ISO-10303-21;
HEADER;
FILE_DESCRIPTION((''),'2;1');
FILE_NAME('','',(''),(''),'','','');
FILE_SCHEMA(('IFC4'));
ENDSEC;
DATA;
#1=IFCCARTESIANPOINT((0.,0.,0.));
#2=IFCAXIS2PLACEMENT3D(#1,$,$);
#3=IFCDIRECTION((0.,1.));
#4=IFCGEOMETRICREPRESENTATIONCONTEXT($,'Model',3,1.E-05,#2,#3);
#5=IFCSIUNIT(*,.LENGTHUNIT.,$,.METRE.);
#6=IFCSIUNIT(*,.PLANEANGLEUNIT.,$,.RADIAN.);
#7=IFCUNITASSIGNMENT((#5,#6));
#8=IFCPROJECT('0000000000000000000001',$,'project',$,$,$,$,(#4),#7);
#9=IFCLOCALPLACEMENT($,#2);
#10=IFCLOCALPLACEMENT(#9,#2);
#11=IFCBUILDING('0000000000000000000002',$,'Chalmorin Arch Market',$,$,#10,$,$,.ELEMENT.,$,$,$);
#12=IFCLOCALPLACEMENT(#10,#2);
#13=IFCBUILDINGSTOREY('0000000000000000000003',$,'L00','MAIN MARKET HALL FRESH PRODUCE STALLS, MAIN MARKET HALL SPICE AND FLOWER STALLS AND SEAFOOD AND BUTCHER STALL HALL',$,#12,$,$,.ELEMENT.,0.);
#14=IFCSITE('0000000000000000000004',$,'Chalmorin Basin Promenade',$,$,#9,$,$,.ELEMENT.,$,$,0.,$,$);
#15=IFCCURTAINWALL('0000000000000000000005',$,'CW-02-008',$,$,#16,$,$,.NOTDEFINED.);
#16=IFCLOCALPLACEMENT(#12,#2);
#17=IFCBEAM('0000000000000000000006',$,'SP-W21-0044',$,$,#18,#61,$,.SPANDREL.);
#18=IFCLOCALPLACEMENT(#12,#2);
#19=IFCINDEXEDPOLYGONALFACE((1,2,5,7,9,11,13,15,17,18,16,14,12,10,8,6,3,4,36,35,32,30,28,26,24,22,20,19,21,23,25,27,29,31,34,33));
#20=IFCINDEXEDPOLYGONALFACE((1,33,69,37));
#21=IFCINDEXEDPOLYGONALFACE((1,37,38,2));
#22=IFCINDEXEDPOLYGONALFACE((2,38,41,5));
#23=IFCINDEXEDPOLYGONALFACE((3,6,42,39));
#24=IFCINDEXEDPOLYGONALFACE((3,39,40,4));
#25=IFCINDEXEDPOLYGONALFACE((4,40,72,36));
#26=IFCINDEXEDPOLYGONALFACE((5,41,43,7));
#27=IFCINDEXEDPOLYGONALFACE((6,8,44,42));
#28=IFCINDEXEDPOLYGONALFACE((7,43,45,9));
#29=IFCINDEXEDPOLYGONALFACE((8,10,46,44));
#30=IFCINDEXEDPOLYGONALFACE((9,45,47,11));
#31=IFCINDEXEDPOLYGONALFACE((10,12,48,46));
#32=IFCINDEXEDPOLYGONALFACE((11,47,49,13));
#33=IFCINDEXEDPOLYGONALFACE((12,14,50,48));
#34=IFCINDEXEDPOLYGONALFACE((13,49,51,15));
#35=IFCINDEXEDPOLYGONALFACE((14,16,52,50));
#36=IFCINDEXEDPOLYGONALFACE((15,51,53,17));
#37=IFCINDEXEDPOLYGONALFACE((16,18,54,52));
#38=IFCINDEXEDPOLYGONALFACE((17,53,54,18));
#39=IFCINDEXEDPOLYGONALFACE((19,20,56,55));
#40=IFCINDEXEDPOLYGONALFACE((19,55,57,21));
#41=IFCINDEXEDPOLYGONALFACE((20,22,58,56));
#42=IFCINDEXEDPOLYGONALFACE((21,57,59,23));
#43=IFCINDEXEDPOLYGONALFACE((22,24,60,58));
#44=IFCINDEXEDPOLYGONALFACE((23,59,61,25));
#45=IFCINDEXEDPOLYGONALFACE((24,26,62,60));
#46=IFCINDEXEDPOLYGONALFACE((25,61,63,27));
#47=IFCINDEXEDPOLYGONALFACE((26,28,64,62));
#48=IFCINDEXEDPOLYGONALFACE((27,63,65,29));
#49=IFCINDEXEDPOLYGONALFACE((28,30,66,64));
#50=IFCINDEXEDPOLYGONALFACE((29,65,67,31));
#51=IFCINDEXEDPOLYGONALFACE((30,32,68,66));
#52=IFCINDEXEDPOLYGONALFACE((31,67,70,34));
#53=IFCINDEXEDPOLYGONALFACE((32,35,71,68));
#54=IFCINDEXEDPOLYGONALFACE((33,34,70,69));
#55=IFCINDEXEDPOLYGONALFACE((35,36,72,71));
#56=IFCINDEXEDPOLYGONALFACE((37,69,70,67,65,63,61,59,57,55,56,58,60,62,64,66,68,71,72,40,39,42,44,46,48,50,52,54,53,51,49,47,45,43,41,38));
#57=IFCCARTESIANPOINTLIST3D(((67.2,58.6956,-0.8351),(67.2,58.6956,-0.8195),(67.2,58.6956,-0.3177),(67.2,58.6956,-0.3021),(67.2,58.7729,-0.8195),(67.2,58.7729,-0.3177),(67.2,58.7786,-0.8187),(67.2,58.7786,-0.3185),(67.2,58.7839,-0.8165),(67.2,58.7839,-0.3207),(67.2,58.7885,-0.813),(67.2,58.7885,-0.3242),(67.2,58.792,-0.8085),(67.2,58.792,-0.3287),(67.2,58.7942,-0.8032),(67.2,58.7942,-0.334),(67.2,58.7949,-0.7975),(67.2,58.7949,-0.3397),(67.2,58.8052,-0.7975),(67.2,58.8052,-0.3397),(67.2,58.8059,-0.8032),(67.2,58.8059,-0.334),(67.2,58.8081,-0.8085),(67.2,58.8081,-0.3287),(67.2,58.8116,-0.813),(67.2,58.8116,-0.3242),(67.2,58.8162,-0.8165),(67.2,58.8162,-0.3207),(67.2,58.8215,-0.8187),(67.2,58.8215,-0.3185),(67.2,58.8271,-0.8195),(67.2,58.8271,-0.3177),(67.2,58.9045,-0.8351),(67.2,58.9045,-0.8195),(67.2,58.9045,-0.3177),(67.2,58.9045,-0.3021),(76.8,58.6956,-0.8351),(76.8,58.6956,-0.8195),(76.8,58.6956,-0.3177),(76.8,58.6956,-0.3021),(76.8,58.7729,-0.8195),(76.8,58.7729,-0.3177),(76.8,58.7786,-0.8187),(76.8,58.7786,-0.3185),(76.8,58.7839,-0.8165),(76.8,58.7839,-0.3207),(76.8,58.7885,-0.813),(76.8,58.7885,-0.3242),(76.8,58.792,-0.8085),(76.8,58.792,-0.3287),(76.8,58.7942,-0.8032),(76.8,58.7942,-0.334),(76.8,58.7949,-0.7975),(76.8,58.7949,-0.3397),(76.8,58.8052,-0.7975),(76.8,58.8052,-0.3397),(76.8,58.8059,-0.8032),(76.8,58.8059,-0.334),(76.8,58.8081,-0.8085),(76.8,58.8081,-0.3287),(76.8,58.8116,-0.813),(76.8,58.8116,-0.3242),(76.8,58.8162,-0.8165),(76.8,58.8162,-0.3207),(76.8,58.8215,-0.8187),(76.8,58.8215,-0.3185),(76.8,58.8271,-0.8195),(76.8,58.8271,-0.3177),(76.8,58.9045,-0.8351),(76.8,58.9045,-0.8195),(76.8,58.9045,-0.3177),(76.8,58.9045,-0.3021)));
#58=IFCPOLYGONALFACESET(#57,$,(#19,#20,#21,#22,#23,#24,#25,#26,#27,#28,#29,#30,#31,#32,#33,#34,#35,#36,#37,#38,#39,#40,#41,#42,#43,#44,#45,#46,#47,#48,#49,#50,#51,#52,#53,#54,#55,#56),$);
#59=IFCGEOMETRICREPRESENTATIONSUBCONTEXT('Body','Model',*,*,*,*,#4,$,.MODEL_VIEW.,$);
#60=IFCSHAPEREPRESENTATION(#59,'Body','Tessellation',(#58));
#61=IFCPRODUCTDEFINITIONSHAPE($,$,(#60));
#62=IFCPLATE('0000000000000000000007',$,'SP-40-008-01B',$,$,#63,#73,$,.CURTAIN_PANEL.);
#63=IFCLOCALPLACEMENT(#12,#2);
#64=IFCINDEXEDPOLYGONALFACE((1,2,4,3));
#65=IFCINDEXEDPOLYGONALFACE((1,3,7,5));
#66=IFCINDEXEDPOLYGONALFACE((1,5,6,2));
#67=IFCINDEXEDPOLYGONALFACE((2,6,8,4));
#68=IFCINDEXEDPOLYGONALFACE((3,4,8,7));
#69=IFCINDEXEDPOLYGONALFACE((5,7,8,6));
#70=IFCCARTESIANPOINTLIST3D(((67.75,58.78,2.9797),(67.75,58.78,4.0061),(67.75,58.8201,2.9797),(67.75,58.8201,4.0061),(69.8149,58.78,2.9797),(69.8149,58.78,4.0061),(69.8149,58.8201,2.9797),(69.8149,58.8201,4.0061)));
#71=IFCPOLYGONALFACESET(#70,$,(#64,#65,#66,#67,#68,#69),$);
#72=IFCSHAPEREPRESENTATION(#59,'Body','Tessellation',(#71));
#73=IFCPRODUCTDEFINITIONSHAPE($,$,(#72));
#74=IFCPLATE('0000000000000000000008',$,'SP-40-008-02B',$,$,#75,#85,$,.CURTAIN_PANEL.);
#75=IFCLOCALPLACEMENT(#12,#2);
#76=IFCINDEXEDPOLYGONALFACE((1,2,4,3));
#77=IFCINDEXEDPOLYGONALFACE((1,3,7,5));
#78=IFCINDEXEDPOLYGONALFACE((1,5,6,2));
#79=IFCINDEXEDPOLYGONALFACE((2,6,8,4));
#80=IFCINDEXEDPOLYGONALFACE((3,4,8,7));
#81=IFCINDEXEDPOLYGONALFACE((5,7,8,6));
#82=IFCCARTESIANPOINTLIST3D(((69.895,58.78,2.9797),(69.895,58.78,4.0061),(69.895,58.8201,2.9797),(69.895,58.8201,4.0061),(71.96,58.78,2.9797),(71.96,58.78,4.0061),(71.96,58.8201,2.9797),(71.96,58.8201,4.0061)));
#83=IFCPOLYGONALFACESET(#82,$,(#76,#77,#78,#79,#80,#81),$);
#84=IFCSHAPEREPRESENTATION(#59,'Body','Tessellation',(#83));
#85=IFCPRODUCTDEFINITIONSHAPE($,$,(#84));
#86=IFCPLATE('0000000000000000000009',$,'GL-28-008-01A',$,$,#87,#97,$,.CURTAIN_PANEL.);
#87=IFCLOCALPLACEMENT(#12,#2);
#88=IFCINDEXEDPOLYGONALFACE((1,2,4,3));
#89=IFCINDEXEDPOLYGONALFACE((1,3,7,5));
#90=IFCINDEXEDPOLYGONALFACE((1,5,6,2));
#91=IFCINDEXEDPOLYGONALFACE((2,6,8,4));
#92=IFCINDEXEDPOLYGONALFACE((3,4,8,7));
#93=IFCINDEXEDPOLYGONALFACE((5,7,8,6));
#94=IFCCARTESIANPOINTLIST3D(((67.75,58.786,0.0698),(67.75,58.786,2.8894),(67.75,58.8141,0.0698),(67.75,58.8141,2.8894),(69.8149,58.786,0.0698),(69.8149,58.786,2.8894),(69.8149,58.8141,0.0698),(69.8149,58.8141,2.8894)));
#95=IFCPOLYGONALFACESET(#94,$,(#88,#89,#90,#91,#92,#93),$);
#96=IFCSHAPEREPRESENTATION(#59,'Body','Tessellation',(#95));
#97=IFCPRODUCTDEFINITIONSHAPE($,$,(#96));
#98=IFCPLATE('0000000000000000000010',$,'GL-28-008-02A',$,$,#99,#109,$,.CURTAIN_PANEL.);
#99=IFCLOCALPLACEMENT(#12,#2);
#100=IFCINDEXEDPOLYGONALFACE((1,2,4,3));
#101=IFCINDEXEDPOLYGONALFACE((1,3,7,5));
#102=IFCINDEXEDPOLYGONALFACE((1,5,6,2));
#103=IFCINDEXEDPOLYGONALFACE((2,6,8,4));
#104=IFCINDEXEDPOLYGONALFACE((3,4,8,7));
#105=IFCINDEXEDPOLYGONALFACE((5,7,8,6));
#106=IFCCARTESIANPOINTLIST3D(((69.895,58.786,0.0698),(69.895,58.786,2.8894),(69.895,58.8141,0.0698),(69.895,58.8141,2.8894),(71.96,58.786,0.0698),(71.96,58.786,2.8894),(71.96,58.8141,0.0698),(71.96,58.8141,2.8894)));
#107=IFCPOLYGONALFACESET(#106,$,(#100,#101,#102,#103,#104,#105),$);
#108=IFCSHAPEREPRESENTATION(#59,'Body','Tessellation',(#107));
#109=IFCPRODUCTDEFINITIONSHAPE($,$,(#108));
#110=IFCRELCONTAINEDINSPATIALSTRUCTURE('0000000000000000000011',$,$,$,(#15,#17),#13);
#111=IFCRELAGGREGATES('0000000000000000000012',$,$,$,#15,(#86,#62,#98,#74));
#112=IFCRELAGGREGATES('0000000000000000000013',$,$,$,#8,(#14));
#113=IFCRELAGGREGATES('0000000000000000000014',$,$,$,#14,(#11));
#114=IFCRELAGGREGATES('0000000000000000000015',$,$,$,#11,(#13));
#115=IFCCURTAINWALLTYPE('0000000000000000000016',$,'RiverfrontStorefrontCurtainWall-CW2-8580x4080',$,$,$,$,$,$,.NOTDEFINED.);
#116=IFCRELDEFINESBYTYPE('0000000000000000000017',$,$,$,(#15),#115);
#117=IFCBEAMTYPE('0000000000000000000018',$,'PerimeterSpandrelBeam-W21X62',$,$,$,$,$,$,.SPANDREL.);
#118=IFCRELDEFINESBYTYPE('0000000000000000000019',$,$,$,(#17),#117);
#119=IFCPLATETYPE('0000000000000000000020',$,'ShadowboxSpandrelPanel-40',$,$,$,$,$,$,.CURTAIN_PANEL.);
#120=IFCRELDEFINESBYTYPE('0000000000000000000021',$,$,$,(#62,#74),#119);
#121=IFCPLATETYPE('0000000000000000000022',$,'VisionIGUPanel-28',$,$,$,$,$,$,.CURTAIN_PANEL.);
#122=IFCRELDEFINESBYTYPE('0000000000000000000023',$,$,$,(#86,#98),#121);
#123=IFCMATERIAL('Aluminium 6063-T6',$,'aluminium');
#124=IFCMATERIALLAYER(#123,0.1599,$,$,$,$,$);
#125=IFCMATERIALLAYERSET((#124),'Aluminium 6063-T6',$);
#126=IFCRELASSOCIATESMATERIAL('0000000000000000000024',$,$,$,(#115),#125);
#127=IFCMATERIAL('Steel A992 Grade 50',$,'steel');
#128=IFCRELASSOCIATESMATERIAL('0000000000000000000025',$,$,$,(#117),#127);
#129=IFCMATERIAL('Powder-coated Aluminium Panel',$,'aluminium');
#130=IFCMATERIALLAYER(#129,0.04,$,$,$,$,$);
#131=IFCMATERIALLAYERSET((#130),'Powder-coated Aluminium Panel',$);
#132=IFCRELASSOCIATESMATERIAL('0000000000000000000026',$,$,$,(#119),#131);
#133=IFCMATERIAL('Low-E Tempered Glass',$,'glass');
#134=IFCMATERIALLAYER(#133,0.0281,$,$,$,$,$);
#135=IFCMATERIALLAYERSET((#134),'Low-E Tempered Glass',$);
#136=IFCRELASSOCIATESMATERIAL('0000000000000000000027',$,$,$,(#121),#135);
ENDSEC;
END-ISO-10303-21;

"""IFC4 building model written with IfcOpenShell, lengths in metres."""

from ifc_helpers import new_model, si_unit, direction, frame, origin, origin_2d, place, context, subcontext, project, spatial, rectangle, i_section, extrude, material, layer, layer_set, material_profile, profile_set, type_object, element, aggregate, save


model = new_model("IFC4")

# Units and contexts
model_context = context("Model", 3, precision=1e-05, world=origin(), true_north=direction((0.0, 1.0)))
body_context = subcontext(model_context, "Body", "Model", "MODEL_VIEW")
ifc_project = project(units=[si_unit("LENGTHUNIT", "METRE"), si_unit("PLANEANGLEUNIT", "RADIAN")], contexts=[model_context])

# Site, building, storey
site_placement = place(None, origin())
site = spatial("IfcSite", under=ifc_project, at=site_placement, Name="Chalmorin Basin Promenade", CompositionType="ELEMENT", RefElevation=0.0)
building_placement = place(site_placement, origin())
building = spatial("IfcBuilding", under=site, at=building_placement, Name="Chalmorin Arch Market", CompositionType="ELEMENT")
storey_placement = place(building_placement, origin())
storey = spatial("IfcBuildingStorey", under=building, at=storey_placement, Name="L00", Description="MAIN MARKET HALL FRESH PRODUCE STALLS, MAIN MARKET HALL SPICE AND FLOWER STALLS AND SEAFOOD AND BUTCHER STALL HALL", CompositionType="ELEMENT", Elevation=0.0)

# Curtain wall
ifc_material_1 = material(Name="Aluminium 6063-T6", Category="aluminium")
ifc_layer_1 = layer(ifc_material_1, 0.1599)
ifc_layer_set_1 = layer_set([ifc_layer_1], Name="Aluminium 6063-T6")
curtain_wall_type = type_object("IfcCurtainWallType", Name="RiverfrontStorefrontCurtainWall-CW2-8580x4080", PredefinedType="NOTDEFINED", material=ifc_layer_set_1)
curtain_wall_placement = place(storey_placement, origin())
curtain_wall = element("IfcCurtainWall", 1, at=curtain_wall_placement, inside=storey, type_object=curtain_wall_type, Name="CW-02-008", PredefinedType="NOTDEFINED")

# Beam
ifc_material_2 = material(Name="Steel A992 Grade 50", Category="steel")
ifc_material_profile_1 = material_profile(ifc_material_2, i_section(OverallWidth=0.209, OverallDepth=0.533, WebThickness=0.0103, FlangeThickness=0.0156, FilletRadius=0.022, at=origin_2d()), Name="W21X62")
ifc_profile_set_1 = profile_set([ifc_material_profile_1], Name="Steel A992 Grade 50")
beam_type = type_object("IfcBeamType", Name="PerimeterSpandrelBeam-W21X62", PredefinedType="SPANDREL", material=ifc_profile_set_1)
beam_placement = place(storey_placement, frame((67.2, 58.8, -0.5686), z_axis=(1.0, 0.0, 0.0), x_axis=(0.0, 1.0, 0.0)))
element("IfcBeam", 2, at=beam_placement, inside=storey, type_object=beam_type, Name="SP-W21-0044", PredefinedType="SPANDREL", context=body_context, shape_type="SweptSolid", body=[
    extrude(i_section(OverallWidth=0.209, OverallDepth=0.533, WebThickness=0.0103, FlangeThickness=0.0156, FilletRadius=0.022, at=origin_2d()), origin(), (0.0, 0.0, 1.0), 9.6001),
])

# Plates
ifc_material_3 = material(Name="Powder-coated Aluminium Panel", Category="aluminium")
ifc_layer_2 = layer(ifc_material_3, 0.04)
ifc_layer_set_2 = layer_set([ifc_layer_2], Name="Powder-coated Aluminium Panel")
plate_type_1 = type_object("IfcPlateType", Name="ShadowboxSpandrelPanel-40", PredefinedType="CURTAIN_PANEL", material=ifc_layer_set_2)
plate_1_placement = place(storey_placement, frame((68.7825, 58.8, 2.9797), z_axis=(0.0, 0.0, 1.0), x_axis=(1.0, 0.0, 0.0)))
plate_1 = element("IfcPlate", 3, at=plate_1_placement, type_object=plate_type_1, Name="SP-40-008-01B", PredefinedType="CURTAIN_PANEL", context=body_context, shape_type="SweptSolid", body=[
    extrude(rectangle(XDim=2.0649, YDim=0.04, at=origin_2d()), origin(), (0.0, 0.0, 1.0), 1.0264),
])
plate_2_placement = place(storey_placement, frame((70.9275, 58.8, 2.9797), z_axis=(0.0, 0.0, 1.0), x_axis=(1.0, 0.0, 0.0)))
plate_2 = element("IfcPlate", 4, at=plate_2_placement, type_object=plate_type_1, Name="SP-40-008-02B", PredefinedType="CURTAIN_PANEL", context=body_context, shape_type="SweptSolid", body=[
    extrude(rectangle(XDim=2.0649, YDim=0.04, at=origin_2d()), origin(), (0.0, 0.0, 1.0), 1.0264),
])
ifc_material_4 = material(Name="Low-E Tempered Glass", Category="glass")
ifc_layer_3 = layer(ifc_material_4, 0.0281)
ifc_layer_set_3 = layer_set([ifc_layer_3], Name="Low-E Tempered Glass")
plate_type_2 = type_object("IfcPlateType", Name="VisionIGUPanel-28", PredefinedType="CURTAIN_PANEL", material=ifc_layer_set_3)
plate_3_placement = place(storey_placement, frame((68.7825, 58.8, 0.0698), z_axis=(0.0, 0.0, 1.0), x_axis=(1.0, 0.0, 0.0)))
plate_3 = element("IfcPlate", 5, at=plate_3_placement, type_object=plate_type_2, Name="GL-28-008-01A", PredefinedType="CURTAIN_PANEL", context=body_context, shape_type="SweptSolid", body=[
    extrude(rectangle(XDim=2.0649, YDim=0.0281, at=origin_2d()), origin(), (0.0, 0.0, 1.0), 2.8196),
])
plate_4_placement = place(storey_placement, frame((70.9275, 58.8, 0.0698), z_axis=(0.0, 0.0, 1.0), x_axis=(1.0, 0.0, 0.0)))
plate_4 = element("IfcPlate", 6, at=plate_4_placement, type_object=plate_type_2, Name="GL-28-008-02A", PredefinedType="CURTAIN_PANEL", context=body_context, shape_type="SweptSolid", body=[
    extrude(rectangle(XDim=2.0649, YDim=0.0281, at=origin_2d()), origin(), (0.0, 0.0, 1.0), 2.8196),
])
aggregate(curtain_wall, [plate_3, plate_1, plate_4, plate_2])

save(model, "model.ifc")
